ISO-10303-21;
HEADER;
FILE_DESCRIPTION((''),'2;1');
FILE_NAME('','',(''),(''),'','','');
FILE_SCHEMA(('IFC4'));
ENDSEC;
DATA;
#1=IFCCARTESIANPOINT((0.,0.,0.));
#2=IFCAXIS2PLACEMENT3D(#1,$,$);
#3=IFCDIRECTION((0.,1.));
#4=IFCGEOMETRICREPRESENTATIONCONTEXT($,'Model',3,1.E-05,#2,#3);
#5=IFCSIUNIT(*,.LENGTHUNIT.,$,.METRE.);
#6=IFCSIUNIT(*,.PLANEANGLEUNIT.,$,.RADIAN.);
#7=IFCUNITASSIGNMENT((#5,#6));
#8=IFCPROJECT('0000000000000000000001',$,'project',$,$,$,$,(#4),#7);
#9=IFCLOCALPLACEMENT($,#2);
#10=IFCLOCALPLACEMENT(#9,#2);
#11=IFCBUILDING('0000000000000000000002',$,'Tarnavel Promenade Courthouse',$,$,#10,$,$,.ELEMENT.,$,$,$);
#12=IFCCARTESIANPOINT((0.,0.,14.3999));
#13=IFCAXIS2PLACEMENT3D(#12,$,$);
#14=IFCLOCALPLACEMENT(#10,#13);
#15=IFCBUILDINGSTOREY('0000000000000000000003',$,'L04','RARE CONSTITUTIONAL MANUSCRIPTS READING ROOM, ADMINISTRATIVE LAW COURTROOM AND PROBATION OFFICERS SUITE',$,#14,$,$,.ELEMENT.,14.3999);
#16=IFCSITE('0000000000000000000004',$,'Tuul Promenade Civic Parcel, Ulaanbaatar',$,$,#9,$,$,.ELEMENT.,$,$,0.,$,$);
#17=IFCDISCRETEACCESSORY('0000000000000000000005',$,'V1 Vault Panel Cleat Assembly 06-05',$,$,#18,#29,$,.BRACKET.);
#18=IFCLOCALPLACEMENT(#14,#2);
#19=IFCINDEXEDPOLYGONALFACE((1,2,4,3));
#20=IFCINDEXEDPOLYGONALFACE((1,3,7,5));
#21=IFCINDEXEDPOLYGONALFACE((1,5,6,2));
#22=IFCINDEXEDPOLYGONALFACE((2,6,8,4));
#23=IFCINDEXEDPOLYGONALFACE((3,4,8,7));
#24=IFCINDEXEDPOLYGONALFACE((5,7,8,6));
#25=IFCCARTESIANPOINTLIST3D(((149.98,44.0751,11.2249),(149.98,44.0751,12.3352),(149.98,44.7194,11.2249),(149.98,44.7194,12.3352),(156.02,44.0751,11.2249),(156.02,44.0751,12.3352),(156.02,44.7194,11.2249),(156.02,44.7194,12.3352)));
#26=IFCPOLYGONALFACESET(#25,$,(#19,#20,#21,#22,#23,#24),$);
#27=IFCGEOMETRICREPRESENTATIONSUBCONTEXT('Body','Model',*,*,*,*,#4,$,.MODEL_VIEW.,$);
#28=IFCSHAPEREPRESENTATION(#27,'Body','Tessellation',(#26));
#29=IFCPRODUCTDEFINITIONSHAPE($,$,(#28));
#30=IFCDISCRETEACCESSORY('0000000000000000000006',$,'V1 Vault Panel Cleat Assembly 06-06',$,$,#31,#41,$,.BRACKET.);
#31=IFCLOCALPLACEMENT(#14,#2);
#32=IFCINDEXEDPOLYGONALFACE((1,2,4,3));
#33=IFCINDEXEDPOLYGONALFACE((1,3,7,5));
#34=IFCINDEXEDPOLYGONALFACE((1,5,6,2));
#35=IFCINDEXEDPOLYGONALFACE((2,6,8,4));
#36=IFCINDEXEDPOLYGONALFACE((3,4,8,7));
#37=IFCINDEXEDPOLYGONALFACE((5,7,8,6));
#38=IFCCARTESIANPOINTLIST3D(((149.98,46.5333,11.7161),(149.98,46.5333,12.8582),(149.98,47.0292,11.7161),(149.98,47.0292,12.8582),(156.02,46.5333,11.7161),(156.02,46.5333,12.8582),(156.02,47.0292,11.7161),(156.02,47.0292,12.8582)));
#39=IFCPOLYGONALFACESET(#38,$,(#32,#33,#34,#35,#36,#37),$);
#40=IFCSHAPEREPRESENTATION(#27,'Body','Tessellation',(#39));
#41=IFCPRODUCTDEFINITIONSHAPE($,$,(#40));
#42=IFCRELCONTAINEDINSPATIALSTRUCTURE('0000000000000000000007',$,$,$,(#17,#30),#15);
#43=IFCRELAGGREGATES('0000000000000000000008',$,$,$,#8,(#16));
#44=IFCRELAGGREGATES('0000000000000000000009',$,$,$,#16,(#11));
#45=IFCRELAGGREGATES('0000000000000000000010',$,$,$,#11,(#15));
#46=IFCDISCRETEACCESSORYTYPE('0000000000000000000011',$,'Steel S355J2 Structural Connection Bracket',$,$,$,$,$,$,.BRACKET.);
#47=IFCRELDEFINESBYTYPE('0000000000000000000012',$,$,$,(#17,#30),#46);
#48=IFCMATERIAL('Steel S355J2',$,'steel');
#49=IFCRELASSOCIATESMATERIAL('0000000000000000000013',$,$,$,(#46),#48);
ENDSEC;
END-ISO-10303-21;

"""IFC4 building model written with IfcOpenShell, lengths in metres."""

from ifc_helpers import new_model, si_unit, direction, frame, origin, origin_2d, place, context, subcontext, project, spatial, rectangle, extrude, material, type_object, element, save


model = new_model("IFC4")

# Units and contexts
model_context = context("Model", 3, precision=1e-05, world=origin(), true_north=direction((0.0, 1.0)))
body_context = subcontext(model_context, "Body", "Model", "MODEL_VIEW")
ifc_project = project(units=[si_unit("LENGTHUNIT", "METRE"), si_unit("PLANEANGLEUNIT", "RADIAN")], contexts=[model_context])

# Site, building, storey
site_placement = place(None, origin())
site = spatial("IfcSite", under=ifc_project, at=site_placement, Name="Tuul Promenade Civic Parcel, Ulaanbaatar", CompositionType="ELEMENT", RefElevation=0.0)
building_placement = place(site_placement, origin())
building = spatial("IfcBuilding", under=site, at=building_placement, Name="Tarnavel Promenade Courthouse", CompositionType="ELEMENT")
storey_placement = place(building_placement, frame((0.0, 0.0, 14.3999)))
storey = spatial("IfcBuildingStorey", under=building, at=storey_placement, Name="L04", Description="RARE CONSTITUTIONAL MANUSCRIPTS READING ROOM, ADMINISTRATIVE LAW COURTROOM AND PROBATION OFFICERS SUITE", CompositionType="ELEMENT", Elevation=14.3999)

# Shared definitions
ifc_material_1 = material(Name="Steel S355J2", Category="steel")

# Discrete accessories
discrete_accessory_type = type_object("IfcDiscreteAccessoryType", Name="Steel S355J2 Structural Connection Bracket", PredefinedType="BRACKET", material=ifc_material_1)
discrete_accessory_1_placement = place(storey_placement, frame((153.0, 44.3972, 11.2249), z_axis=(0.0, 0.0, 1.0), x_axis=(1.0, 0.0, 0.0)))
element("IfcDiscreteAccessory", 1, at=discrete_accessory_1_placement, inside=storey, type_object=discrete_accessory_type, Name="V1 Vault Panel Cleat Assembly 06-05", PredefinedType="BRACKET", context=body_context, shape_type="SweptSolid", body=[
    extrude(rectangle(XDim=6.04, YDim=0.6443, at=origin_2d()), origin(), (0.0, 0.0, 1.0), 1.1104),
])
discrete_accessory_2_placement = place(storey_placement, frame((153.0, 46.7812, 11.7161), z_axis=(0.0, 0.0, 1.0), x_axis=(1.0, 0.0, 0.0)))
element("IfcDiscreteAccessory", 2, at=discrete_accessory_2_placement, inside=storey, type_object=discrete_accessory_type, Name="V1 Vault Panel Cleat Assembly 06-06", PredefinedType="BRACKET", context=body_context, shape_type="SweptSolid", body=[
    extrude(rectangle(XDim=6.04, YDim=0.4958, at=origin_2d()), origin(), (0.0, 0.0, 1.0), 1.1421),
])

save(model, "model.ifc")
